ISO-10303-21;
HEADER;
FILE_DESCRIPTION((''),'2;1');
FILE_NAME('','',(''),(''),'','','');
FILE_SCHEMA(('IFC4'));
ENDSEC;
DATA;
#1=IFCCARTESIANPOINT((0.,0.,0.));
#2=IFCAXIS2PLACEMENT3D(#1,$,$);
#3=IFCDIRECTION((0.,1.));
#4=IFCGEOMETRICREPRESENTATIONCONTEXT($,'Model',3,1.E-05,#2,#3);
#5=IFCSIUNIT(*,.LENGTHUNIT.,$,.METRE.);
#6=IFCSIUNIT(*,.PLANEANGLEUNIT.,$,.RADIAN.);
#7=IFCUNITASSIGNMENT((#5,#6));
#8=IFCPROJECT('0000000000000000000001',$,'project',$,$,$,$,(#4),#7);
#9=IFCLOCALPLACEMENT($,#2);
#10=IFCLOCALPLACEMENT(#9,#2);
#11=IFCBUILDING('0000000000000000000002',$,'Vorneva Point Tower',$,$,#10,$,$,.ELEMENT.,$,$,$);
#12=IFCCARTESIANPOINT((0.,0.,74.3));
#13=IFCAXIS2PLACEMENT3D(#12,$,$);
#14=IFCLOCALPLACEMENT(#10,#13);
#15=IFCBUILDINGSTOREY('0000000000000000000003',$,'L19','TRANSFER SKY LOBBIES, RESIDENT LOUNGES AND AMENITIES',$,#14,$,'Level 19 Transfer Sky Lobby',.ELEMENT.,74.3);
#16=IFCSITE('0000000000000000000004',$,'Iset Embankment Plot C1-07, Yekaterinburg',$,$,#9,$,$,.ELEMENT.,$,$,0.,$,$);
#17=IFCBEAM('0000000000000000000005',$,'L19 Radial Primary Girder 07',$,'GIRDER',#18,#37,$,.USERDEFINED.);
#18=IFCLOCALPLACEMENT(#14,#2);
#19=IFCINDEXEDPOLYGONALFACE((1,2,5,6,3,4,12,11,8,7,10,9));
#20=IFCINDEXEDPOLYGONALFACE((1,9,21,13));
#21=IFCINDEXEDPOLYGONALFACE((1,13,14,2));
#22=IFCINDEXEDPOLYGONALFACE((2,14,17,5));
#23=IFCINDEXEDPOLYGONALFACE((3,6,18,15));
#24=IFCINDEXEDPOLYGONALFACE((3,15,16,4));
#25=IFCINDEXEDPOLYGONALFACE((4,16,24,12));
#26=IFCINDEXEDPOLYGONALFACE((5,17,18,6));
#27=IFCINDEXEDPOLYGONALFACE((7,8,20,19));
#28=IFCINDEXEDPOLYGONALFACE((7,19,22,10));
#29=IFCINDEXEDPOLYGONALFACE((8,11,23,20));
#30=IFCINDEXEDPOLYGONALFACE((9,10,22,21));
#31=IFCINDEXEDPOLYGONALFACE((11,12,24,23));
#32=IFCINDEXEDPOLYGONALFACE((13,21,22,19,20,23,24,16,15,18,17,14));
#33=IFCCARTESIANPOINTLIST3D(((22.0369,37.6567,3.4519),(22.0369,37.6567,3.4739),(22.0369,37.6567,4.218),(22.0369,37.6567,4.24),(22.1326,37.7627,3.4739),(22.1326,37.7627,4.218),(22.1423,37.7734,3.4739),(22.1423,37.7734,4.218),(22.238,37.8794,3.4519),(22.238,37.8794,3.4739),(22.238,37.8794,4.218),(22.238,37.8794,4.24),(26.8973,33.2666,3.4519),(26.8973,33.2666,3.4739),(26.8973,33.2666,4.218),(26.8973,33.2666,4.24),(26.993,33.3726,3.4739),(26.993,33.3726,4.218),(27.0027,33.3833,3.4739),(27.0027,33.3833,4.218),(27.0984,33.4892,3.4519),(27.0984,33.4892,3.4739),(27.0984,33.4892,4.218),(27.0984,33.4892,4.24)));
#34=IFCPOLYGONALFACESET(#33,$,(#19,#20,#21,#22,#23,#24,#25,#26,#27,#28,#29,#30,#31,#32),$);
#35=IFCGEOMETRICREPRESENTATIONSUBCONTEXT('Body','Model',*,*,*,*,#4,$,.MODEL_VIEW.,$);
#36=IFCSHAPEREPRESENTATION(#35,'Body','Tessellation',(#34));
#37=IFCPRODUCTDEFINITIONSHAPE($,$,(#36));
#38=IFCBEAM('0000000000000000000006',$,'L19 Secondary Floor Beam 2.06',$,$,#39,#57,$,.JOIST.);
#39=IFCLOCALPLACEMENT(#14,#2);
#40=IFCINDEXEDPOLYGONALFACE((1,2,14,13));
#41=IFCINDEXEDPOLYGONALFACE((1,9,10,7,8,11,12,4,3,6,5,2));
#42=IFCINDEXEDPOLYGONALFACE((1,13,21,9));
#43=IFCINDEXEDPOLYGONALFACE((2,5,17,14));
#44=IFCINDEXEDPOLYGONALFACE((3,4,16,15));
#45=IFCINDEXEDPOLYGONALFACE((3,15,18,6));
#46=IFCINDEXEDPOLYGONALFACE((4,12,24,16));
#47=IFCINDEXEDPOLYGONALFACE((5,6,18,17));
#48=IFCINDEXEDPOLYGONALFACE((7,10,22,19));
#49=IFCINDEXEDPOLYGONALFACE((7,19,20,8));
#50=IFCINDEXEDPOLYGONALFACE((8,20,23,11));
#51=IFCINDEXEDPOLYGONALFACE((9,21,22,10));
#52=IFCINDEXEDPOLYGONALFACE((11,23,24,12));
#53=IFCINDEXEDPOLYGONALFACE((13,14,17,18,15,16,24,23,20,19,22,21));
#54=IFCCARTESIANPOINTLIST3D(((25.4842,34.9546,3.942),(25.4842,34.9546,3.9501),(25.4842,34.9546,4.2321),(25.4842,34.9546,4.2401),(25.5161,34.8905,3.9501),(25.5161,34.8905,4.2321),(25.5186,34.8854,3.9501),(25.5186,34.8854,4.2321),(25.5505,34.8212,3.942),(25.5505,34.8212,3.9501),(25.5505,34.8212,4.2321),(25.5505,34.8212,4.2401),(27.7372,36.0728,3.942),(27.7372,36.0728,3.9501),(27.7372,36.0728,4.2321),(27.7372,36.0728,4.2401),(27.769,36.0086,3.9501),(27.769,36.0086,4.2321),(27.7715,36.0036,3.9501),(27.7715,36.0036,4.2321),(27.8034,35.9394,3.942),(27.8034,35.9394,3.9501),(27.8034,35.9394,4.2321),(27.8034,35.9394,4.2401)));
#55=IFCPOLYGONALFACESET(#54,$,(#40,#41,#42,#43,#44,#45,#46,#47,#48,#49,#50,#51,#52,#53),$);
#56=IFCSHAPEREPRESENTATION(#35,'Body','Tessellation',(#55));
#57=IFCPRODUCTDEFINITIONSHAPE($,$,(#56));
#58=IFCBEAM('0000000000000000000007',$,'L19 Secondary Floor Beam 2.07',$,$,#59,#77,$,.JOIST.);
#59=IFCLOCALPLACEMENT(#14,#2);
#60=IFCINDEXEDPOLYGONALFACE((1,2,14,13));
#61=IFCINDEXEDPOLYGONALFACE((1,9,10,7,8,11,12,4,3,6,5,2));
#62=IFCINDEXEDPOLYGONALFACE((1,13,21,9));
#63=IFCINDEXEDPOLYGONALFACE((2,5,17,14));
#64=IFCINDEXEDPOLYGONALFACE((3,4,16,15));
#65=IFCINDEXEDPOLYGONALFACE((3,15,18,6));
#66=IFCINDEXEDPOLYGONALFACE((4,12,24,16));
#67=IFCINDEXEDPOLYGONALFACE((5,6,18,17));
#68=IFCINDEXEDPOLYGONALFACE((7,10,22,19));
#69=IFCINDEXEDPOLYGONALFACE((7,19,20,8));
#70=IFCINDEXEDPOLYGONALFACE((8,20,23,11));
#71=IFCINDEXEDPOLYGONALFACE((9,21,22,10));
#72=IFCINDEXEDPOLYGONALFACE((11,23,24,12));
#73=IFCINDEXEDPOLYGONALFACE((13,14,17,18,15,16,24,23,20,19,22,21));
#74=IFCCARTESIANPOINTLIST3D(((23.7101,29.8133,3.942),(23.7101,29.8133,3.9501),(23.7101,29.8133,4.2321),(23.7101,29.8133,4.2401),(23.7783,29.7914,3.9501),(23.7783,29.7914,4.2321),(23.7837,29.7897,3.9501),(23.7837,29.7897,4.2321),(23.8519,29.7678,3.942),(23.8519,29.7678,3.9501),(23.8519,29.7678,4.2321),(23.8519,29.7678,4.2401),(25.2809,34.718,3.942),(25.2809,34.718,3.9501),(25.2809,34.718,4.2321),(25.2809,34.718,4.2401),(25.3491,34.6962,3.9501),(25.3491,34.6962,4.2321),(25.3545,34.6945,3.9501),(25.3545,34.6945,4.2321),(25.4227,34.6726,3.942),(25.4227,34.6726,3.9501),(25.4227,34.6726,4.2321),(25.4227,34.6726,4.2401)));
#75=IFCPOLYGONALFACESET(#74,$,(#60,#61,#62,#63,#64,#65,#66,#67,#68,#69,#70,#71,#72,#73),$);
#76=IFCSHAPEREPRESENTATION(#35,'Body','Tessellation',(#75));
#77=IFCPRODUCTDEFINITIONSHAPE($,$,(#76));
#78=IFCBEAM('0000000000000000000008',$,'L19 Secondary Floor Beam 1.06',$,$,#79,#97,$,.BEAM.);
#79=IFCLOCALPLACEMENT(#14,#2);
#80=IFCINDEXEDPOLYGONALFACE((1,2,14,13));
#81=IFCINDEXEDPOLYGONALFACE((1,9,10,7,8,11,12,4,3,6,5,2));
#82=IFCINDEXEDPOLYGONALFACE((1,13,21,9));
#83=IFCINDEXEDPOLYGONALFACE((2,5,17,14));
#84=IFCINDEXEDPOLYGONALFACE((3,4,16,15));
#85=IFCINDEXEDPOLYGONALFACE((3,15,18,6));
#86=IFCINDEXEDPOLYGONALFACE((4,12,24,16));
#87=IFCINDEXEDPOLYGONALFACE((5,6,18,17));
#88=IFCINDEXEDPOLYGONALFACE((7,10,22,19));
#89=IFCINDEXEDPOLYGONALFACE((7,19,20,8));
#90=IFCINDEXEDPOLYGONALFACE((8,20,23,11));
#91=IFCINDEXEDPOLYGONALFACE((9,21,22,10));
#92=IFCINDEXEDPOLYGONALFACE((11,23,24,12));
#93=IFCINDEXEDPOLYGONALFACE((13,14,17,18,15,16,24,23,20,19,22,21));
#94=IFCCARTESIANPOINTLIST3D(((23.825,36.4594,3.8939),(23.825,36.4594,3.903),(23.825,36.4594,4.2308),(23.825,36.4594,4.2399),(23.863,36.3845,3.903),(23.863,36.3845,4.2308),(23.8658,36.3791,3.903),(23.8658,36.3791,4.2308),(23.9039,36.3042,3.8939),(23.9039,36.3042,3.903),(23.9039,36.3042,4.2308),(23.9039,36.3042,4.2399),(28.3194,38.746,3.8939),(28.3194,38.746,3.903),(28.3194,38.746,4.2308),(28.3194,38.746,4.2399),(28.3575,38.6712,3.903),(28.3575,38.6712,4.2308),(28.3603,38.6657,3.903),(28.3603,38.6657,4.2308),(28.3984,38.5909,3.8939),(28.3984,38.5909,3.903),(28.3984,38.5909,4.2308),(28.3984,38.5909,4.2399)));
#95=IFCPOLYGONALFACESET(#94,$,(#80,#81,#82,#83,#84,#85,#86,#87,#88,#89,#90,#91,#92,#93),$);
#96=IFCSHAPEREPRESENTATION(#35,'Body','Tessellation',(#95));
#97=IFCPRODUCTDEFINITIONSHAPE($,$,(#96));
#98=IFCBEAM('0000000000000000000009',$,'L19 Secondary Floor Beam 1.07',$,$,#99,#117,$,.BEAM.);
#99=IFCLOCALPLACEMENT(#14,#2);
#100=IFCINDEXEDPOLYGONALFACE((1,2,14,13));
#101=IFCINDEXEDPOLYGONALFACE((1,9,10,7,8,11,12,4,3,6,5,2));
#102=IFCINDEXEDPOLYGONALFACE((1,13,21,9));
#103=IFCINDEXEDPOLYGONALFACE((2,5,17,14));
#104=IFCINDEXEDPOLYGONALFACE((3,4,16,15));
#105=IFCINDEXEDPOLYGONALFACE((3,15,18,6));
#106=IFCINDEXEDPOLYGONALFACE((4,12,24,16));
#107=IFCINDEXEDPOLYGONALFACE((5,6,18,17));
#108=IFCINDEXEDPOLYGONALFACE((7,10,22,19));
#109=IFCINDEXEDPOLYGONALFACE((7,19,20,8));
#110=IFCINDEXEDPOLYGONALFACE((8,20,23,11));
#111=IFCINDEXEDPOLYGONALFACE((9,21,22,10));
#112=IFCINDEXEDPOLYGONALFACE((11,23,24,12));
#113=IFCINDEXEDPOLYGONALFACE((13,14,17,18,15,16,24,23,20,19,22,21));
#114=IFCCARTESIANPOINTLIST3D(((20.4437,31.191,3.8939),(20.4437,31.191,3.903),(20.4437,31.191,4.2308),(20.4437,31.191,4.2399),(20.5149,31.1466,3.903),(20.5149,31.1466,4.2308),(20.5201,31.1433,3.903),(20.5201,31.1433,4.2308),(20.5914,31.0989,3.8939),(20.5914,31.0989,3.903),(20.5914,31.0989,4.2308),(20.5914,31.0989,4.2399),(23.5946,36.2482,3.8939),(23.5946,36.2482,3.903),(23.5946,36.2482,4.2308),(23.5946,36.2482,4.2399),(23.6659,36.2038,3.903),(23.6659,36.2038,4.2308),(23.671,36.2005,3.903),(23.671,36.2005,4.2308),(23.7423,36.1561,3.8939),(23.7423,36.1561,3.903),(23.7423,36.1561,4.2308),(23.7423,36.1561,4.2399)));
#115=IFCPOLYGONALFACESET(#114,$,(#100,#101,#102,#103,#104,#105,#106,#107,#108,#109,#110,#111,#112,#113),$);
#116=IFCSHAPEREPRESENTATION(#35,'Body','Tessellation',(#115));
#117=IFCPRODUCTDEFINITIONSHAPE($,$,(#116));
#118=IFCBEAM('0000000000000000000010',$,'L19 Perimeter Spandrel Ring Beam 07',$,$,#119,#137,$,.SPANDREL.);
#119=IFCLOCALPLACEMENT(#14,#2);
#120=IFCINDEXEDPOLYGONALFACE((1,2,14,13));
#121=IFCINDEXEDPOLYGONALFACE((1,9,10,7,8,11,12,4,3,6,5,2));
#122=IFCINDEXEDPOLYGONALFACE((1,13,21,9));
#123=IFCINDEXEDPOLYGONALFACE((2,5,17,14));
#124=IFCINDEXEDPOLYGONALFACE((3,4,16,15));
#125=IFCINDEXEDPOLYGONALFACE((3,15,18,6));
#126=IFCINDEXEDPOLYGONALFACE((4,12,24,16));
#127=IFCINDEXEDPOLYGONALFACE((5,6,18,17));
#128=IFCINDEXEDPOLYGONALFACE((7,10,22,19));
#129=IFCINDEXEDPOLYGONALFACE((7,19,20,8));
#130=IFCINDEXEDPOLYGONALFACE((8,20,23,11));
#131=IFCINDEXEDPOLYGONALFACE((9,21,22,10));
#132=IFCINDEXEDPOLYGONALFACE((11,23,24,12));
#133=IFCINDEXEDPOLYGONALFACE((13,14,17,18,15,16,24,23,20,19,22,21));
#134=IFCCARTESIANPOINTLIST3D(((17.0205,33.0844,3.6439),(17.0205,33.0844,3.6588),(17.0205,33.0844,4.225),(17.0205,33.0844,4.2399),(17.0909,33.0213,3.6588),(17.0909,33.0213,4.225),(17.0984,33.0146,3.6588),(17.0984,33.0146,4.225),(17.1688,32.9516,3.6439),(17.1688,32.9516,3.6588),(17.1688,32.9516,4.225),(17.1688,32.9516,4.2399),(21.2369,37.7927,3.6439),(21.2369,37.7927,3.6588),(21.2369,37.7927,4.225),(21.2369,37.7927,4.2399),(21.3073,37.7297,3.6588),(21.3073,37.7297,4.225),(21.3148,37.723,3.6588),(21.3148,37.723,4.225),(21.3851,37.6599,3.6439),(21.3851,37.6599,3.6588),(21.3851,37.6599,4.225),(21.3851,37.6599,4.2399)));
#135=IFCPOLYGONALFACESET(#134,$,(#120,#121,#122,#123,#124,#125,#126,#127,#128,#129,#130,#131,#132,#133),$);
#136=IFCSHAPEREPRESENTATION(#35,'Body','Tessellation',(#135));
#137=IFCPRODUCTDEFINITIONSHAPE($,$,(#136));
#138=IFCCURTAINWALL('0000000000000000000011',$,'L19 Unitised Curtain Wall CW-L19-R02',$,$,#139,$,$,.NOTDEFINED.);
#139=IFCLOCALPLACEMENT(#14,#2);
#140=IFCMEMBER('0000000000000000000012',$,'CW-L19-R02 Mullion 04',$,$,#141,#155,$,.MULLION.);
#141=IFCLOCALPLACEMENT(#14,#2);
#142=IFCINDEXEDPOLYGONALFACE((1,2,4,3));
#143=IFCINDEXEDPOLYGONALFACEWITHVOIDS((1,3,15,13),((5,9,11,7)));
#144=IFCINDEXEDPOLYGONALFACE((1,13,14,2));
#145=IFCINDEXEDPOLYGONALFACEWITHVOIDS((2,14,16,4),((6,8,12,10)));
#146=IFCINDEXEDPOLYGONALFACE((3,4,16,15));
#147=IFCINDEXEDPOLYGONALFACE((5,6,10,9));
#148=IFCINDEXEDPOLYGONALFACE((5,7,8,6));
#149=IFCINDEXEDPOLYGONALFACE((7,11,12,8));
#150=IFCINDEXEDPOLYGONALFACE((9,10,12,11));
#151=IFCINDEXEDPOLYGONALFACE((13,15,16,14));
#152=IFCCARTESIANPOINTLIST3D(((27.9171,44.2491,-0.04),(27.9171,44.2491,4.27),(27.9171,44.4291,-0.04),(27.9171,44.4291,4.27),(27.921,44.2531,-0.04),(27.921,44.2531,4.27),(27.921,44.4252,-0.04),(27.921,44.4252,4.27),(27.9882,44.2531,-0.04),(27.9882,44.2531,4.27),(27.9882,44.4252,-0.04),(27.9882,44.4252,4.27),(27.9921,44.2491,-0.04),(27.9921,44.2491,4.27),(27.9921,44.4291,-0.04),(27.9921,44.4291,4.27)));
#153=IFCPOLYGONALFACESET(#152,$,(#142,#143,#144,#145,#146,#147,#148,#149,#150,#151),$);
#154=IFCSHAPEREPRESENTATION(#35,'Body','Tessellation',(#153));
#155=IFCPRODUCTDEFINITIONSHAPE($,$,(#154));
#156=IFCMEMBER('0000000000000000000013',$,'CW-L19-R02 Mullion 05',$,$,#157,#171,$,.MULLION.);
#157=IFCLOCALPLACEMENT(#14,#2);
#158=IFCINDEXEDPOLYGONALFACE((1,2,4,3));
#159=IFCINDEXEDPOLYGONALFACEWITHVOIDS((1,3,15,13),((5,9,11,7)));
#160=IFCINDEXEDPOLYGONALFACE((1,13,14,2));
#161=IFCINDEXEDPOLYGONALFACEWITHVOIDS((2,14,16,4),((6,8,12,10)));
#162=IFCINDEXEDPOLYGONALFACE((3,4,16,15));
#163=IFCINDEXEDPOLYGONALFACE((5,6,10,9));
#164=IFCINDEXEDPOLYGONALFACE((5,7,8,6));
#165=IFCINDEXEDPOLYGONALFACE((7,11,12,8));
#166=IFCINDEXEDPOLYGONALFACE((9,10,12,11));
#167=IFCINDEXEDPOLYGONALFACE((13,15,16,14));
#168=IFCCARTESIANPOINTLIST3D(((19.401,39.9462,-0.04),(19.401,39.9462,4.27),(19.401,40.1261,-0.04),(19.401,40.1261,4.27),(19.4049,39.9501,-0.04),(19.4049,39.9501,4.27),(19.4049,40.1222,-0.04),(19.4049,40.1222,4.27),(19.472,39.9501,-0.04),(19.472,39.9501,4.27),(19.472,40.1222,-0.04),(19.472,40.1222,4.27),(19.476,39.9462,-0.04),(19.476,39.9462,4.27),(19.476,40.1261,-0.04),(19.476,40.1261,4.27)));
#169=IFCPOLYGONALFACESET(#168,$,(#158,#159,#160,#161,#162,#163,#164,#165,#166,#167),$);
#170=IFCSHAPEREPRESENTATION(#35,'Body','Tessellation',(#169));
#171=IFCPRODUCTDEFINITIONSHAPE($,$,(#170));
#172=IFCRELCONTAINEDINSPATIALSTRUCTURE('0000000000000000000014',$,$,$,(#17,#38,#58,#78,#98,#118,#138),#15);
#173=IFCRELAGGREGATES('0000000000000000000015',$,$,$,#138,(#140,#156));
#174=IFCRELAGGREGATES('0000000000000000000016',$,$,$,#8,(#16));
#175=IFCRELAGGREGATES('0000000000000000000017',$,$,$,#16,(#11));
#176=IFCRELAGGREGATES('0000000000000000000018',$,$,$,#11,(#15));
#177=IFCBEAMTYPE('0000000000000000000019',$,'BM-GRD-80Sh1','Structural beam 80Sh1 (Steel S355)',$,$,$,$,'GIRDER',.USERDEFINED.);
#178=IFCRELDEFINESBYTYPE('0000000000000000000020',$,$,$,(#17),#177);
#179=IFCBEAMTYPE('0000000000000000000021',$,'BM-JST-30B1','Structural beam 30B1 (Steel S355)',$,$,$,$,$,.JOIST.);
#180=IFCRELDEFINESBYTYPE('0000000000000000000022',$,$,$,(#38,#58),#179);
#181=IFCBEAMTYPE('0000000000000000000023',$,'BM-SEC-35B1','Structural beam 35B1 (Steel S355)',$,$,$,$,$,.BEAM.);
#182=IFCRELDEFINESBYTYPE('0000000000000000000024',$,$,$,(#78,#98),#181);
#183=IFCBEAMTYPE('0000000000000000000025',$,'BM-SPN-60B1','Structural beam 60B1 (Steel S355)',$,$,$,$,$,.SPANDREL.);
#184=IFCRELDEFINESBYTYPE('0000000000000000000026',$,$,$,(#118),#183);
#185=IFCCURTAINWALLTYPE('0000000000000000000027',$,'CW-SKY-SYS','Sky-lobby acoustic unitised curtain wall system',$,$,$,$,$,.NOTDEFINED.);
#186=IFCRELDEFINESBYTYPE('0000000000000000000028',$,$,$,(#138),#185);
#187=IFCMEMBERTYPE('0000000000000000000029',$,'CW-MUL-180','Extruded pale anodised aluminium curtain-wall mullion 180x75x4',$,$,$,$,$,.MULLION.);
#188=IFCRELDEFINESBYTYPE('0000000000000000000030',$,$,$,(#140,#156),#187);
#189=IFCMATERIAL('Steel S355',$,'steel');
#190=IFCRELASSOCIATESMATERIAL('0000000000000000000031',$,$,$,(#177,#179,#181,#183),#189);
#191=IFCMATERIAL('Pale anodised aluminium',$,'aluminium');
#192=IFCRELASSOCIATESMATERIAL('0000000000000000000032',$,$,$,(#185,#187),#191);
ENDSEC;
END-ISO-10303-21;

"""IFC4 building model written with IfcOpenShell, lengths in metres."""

from ifc_helpers import new_model, si_unit, direction, frame, origin, origin_2d, place, context, subcontext, project, spatial, hollow_rectangle, i_section, extrude, material, material_profile, profile_set, type_object, element, aggregate, save


model = new_model("IFC4")

# Units and contexts
model_context = context("Model", 3, precision=1e-05, world=origin(), true_north=direction((0.0, 1.0)))
body_context = subcontext(model_context, "Body", "Model", "MODEL_VIEW")
ifc_project = project(units=[si_unit("LENGTHUNIT", "METRE"), si_unit("PLANEANGLEUNIT", "RADIAN")], contexts=[model_context])

# Site, building, storey
site_placement = place(None, origin())
site = spatial("IfcSite", under=ifc_project, at=site_placement, Name="Iset Embankment Plot C1-07, Yekaterinburg", CompositionType="ELEMENT", RefElevation=0.0)
building_placement = place(site_placement, origin())
building = spatial("IfcBuilding", under=site, at=building_placement, Name="Vorneva Point Tower", CompositionType="ELEMENT")
storey_placement = place(building_placement, frame((0.0, 0.0, 74.3)))
storey = spatial("IfcBuildingStorey", under=building, at=storey_placement, Name="L19", Description="TRANSFER SKY LOBBIES, RESIDENT LOUNGES AND AMENITIES", LongName="Level 19 Transfer Sky Lobby", CompositionType="ELEMENT", Elevation=74.3)

# Beams
ifc_material_1 = material(Name="Steel S355", Category="steel")
ifc_material_profile_1 = material_profile(ifc_material_1, i_section(OverallWidth=0.3, OverallDepth=0.7881, WebThickness=0.0144, FlangeThickness=0.022, at=origin_2d()), Name="80Sh1")
ifc_profile_set_1 = profile_set([ifc_material_profile_1], Name="Steel S355")
beam_type_1 = type_object("IfcBeamType", Name="BM-GRD-80Sh1", Description="Structural beam 80Sh1 (Steel S355)", ElementType="GIRDER", PredefinedType="USERDEFINED", material=ifc_profile_set_1)
beam_1_placement = place(storey_placement, frame((22.1375, 37.7681, 3.8459), z_axis=(0.742092, -0.670298, 0.0), x_axis=(0.670298, 0.742092, 0.0)))
element("IfcBeam", 1, at=beam_1_placement, inside=storey, type_object=beam_type_1, Name="L19 Radial Primary Girder 07", ObjectType="GIRDER", PredefinedType="USERDEFINED", context=body_context, shape_type="SweptSolid", body=[
    extrude(i_section(OverallWidth=0.3, OverallDepth=0.7881, WebThickness=0.0144, FlangeThickness=0.022, at=origin_2d()), origin(), (0.0, 0.0, 1.0), 6.5496),
])
ifc_material_profile_2 = material_profile(ifc_material_1, i_section(OverallWidth=0.1489, OverallDepth=0.2981, WebThickness=0.0056, FlangeThickness=0.0081, at=origin_2d()), Name="30B1")
ifc_profile_set_2 = profile_set([ifc_material_profile_2], Name="Steel S355")
beam_type_2 = type_object("IfcBeamType", Name="BM-JST-30B1", Description="Structural beam 30B1 (Steel S355)", PredefinedType="JOIST", material=ifc_profile_set_2)
beam_2_placement = place(storey_placement, frame((27.7703, 36.0061, 4.0911), z_axis=(-0.895743, -0.444571, 0.0), x_axis=(0.444571, -0.895743, 0.0)))
element("IfcBeam", 2, at=beam_2_placement, inside=storey, type_object=beam_type_2, Name="L19 Secondary Floor Beam 2.06", PredefinedType="JOIST", context=body_context, shape_type="SweptSolid", body=[
    extrude(i_section(OverallWidth=0.1489, OverallDepth=0.2981, WebThickness=0.0056, FlangeThickness=0.0081, at=origin_2d()), origin(), (0.0, 0.0, 1.0), 2.5151),
])
beam_3_placement = place(storey_placement, frame((25.3518, 34.6953, 4.0911), z_axis=(-0.304999, -0.952353, 0.0), x_axis=(0.952353, -0.304999, 0.0)))
element("IfcBeam", 3, at=beam_3_placement, inside=storey, type_object=beam_type_2, Name="L19 Secondary Floor Beam 2.07", PredefinedType="JOIST", context=body_context, shape_type="SweptSolid", body=[
    extrude(i_section(OverallWidth=0.1489, OverallDepth=0.2981, WebThickness=0.0056, FlangeThickness=0.0081, at=origin_2d()), origin(), (0.0, 0.0, 1.0), 5.1501),
])
ifc_material_profile_3 = material_profile(ifc_material_1, i_section(OverallWidth=0.1741, OverallDepth=0.3459, WebThickness=0.0061, FlangeThickness=0.009, at=origin_2d()), Name="35B1")
ifc_profile_set_3 = profile_set([ifc_material_profile_3], Name="Steel S355")
beam_type_3 = type_object("IfcBeamType", Name="BM-SEC-35B1", Description="Structural beam 35B1 (Steel S355)", PredefinedType="BEAM", material=ifc_profile_set_3)
beam_4_placement = place(storey_placement, frame((28.3589, 38.6685, 4.0669), z_axis=(-0.891278, -0.453458, 0.0), x_axis=(0.453458, -0.891278, 0.0)))
element("IfcBeam", 4, at=beam_4_placement, inside=storey, type_object=beam_type_3, Name="L19 Secondary Floor Beam 1.06", PredefinedType="BEAM", context=body_context, shape_type="SweptSolid", body=[
    extrude(i_section(OverallWidth=0.1741, OverallDepth=0.3459, WebThickness=0.0061, FlangeThickness=0.009, at=origin_2d()), origin(), (0.0, 0.0, 1.0), 5.0427),
])
beam_5_placement = place(storey_placement, frame((23.6685, 36.2021, 4.0669), z_axis=(-0.528812, -0.848739, 0.0), x_axis=(0.848739, -0.528812, 0.0)))
element("IfcBeam", 5, at=beam_5_placement, inside=storey, type_object=beam_type_3, Name="L19 Secondary Floor Beam 1.07", PredefinedType="BEAM", context=body_context, shape_type="SweptSolid", body=[
    extrude(i_section(OverallWidth=0.1741, OverallDepth=0.3459, WebThickness=0.0061, FlangeThickness=0.009, at=origin_2d()), origin(), (0.0, 0.0, 1.0), 5.9585),
])
ifc_material_profile_4 = material_profile(ifc_material_1, i_section(OverallWidth=0.199, OverallDepth=0.5959, WebThickness=0.01, FlangeThickness=0.0149, at=origin_2d()), Name="60B1")
ifc_profile_set_4 = profile_set([ifc_material_profile_4], Name="Steel S355")
beam_type_4 = type_object("IfcBeamType", Name="BM-SPN-60B1", Description="Structural beam 60B1 (Steel S355)", PredefinedType="SPANDREL", material=ifc_profile_set_4)
beam_6_placement = place(storey_placement, frame((21.311, 37.7263, 3.9419), z_axis=(-0.667117, -0.744953, 0.0), x_axis=(0.744953, -0.667117, 0.0)))
element("IfcBeam", 6, at=beam_6_placement, inside=storey, type_object=beam_type_4, Name="L19 Perimeter Spandrel Ring Beam 07", PredefinedType="SPANDREL", context=body_context, shape_type="SweptSolid", body=[
    extrude(i_section(OverallWidth=0.199, OverallDepth=0.5959, WebThickness=0.01, FlangeThickness=0.0149, at=origin_2d()), origin(), (0.0, 0.0, 1.0), 6.3203),
])

# Curtain wall, members
ifc_material_2 = material(Name="Pale anodised aluminium", Category="aluminium")
curtain_wall_type = type_object("IfcCurtainWallType", Name="CW-SKY-SYS", Description="Sky-lobby acoustic unitised curtain wall system", PredefinedType="NOTDEFINED", material=ifc_material_2)
curtain_wall_1_placement = place(storey_placement, origin())
curtain_wall_1 = element("IfcCurtainWall", 7, at=curtain_wall_1_placement, inside=storey, type_object=curtain_wall_type, Name="L19 Unitised Curtain Wall CW-L19-R02", PredefinedType="NOTDEFINED")
ifc_material_profile_5 = material_profile(ifc_material_2, hollow_rectangle(XDim=0.075, YDim=0.1799, WallThickness=0.0039, at=origin_2d()), Name="AL-MUL 180x75x4")
ifc_profile_set_5 = profile_set([ifc_material_profile_5], Name="Pale anodised aluminium")
member_type_1 = type_object("IfcMemberType", Name="CW-MUL-180", Description="Extruded pale anodised aluminium curtain-wall mullion 180x75x4", PredefinedType="MULLION", material=ifc_profile_set_5)
member_1_placement = place(storey_placement, frame((27.9546, 44.3391, -0.04), z_axis=(0.0, 0.0, 1.0), x_axis=(1.0, 0.0, 0.0)))
member_1 = element("IfcMember", 8, at=member_1_placement, type_object=member_type_1, Name="CW-L19-R02 Mullion 04", PredefinedType="MULLION", context=body_context, shape_type="SweptSolid", body=[
    extrude(hollow_rectangle(XDim=0.075, YDim=0.1799, WallThickness=0.0039, at=origin_2d()), origin(), (0.0, 0.0, 1.0), 4.3101),
])
member_2_placement = place(storey_placement, frame((19.4385, 40.0361, -0.04), z_axis=(0.0, 0.0, 1.0), x_axis=(1.0, 0.0, 0.0)))
member_2 = element("IfcMember", 9, at=member_2_placement, type_object=member_type_1, Name="CW-L19-R02 Mullion 05", PredefinedType="MULLION", context=body_context, shape_type="SweptSolid", body=[
    extrude(hollow_rectangle(XDim=0.075, YDim=0.1799, WallThickness=0.0039, at=origin_2d()), origin(), (0.0, 0.0, 1.0), 4.3101),
])

aggregate(curtain_wall_1, [member_1, member_2])

save(model, "model.ifc")
